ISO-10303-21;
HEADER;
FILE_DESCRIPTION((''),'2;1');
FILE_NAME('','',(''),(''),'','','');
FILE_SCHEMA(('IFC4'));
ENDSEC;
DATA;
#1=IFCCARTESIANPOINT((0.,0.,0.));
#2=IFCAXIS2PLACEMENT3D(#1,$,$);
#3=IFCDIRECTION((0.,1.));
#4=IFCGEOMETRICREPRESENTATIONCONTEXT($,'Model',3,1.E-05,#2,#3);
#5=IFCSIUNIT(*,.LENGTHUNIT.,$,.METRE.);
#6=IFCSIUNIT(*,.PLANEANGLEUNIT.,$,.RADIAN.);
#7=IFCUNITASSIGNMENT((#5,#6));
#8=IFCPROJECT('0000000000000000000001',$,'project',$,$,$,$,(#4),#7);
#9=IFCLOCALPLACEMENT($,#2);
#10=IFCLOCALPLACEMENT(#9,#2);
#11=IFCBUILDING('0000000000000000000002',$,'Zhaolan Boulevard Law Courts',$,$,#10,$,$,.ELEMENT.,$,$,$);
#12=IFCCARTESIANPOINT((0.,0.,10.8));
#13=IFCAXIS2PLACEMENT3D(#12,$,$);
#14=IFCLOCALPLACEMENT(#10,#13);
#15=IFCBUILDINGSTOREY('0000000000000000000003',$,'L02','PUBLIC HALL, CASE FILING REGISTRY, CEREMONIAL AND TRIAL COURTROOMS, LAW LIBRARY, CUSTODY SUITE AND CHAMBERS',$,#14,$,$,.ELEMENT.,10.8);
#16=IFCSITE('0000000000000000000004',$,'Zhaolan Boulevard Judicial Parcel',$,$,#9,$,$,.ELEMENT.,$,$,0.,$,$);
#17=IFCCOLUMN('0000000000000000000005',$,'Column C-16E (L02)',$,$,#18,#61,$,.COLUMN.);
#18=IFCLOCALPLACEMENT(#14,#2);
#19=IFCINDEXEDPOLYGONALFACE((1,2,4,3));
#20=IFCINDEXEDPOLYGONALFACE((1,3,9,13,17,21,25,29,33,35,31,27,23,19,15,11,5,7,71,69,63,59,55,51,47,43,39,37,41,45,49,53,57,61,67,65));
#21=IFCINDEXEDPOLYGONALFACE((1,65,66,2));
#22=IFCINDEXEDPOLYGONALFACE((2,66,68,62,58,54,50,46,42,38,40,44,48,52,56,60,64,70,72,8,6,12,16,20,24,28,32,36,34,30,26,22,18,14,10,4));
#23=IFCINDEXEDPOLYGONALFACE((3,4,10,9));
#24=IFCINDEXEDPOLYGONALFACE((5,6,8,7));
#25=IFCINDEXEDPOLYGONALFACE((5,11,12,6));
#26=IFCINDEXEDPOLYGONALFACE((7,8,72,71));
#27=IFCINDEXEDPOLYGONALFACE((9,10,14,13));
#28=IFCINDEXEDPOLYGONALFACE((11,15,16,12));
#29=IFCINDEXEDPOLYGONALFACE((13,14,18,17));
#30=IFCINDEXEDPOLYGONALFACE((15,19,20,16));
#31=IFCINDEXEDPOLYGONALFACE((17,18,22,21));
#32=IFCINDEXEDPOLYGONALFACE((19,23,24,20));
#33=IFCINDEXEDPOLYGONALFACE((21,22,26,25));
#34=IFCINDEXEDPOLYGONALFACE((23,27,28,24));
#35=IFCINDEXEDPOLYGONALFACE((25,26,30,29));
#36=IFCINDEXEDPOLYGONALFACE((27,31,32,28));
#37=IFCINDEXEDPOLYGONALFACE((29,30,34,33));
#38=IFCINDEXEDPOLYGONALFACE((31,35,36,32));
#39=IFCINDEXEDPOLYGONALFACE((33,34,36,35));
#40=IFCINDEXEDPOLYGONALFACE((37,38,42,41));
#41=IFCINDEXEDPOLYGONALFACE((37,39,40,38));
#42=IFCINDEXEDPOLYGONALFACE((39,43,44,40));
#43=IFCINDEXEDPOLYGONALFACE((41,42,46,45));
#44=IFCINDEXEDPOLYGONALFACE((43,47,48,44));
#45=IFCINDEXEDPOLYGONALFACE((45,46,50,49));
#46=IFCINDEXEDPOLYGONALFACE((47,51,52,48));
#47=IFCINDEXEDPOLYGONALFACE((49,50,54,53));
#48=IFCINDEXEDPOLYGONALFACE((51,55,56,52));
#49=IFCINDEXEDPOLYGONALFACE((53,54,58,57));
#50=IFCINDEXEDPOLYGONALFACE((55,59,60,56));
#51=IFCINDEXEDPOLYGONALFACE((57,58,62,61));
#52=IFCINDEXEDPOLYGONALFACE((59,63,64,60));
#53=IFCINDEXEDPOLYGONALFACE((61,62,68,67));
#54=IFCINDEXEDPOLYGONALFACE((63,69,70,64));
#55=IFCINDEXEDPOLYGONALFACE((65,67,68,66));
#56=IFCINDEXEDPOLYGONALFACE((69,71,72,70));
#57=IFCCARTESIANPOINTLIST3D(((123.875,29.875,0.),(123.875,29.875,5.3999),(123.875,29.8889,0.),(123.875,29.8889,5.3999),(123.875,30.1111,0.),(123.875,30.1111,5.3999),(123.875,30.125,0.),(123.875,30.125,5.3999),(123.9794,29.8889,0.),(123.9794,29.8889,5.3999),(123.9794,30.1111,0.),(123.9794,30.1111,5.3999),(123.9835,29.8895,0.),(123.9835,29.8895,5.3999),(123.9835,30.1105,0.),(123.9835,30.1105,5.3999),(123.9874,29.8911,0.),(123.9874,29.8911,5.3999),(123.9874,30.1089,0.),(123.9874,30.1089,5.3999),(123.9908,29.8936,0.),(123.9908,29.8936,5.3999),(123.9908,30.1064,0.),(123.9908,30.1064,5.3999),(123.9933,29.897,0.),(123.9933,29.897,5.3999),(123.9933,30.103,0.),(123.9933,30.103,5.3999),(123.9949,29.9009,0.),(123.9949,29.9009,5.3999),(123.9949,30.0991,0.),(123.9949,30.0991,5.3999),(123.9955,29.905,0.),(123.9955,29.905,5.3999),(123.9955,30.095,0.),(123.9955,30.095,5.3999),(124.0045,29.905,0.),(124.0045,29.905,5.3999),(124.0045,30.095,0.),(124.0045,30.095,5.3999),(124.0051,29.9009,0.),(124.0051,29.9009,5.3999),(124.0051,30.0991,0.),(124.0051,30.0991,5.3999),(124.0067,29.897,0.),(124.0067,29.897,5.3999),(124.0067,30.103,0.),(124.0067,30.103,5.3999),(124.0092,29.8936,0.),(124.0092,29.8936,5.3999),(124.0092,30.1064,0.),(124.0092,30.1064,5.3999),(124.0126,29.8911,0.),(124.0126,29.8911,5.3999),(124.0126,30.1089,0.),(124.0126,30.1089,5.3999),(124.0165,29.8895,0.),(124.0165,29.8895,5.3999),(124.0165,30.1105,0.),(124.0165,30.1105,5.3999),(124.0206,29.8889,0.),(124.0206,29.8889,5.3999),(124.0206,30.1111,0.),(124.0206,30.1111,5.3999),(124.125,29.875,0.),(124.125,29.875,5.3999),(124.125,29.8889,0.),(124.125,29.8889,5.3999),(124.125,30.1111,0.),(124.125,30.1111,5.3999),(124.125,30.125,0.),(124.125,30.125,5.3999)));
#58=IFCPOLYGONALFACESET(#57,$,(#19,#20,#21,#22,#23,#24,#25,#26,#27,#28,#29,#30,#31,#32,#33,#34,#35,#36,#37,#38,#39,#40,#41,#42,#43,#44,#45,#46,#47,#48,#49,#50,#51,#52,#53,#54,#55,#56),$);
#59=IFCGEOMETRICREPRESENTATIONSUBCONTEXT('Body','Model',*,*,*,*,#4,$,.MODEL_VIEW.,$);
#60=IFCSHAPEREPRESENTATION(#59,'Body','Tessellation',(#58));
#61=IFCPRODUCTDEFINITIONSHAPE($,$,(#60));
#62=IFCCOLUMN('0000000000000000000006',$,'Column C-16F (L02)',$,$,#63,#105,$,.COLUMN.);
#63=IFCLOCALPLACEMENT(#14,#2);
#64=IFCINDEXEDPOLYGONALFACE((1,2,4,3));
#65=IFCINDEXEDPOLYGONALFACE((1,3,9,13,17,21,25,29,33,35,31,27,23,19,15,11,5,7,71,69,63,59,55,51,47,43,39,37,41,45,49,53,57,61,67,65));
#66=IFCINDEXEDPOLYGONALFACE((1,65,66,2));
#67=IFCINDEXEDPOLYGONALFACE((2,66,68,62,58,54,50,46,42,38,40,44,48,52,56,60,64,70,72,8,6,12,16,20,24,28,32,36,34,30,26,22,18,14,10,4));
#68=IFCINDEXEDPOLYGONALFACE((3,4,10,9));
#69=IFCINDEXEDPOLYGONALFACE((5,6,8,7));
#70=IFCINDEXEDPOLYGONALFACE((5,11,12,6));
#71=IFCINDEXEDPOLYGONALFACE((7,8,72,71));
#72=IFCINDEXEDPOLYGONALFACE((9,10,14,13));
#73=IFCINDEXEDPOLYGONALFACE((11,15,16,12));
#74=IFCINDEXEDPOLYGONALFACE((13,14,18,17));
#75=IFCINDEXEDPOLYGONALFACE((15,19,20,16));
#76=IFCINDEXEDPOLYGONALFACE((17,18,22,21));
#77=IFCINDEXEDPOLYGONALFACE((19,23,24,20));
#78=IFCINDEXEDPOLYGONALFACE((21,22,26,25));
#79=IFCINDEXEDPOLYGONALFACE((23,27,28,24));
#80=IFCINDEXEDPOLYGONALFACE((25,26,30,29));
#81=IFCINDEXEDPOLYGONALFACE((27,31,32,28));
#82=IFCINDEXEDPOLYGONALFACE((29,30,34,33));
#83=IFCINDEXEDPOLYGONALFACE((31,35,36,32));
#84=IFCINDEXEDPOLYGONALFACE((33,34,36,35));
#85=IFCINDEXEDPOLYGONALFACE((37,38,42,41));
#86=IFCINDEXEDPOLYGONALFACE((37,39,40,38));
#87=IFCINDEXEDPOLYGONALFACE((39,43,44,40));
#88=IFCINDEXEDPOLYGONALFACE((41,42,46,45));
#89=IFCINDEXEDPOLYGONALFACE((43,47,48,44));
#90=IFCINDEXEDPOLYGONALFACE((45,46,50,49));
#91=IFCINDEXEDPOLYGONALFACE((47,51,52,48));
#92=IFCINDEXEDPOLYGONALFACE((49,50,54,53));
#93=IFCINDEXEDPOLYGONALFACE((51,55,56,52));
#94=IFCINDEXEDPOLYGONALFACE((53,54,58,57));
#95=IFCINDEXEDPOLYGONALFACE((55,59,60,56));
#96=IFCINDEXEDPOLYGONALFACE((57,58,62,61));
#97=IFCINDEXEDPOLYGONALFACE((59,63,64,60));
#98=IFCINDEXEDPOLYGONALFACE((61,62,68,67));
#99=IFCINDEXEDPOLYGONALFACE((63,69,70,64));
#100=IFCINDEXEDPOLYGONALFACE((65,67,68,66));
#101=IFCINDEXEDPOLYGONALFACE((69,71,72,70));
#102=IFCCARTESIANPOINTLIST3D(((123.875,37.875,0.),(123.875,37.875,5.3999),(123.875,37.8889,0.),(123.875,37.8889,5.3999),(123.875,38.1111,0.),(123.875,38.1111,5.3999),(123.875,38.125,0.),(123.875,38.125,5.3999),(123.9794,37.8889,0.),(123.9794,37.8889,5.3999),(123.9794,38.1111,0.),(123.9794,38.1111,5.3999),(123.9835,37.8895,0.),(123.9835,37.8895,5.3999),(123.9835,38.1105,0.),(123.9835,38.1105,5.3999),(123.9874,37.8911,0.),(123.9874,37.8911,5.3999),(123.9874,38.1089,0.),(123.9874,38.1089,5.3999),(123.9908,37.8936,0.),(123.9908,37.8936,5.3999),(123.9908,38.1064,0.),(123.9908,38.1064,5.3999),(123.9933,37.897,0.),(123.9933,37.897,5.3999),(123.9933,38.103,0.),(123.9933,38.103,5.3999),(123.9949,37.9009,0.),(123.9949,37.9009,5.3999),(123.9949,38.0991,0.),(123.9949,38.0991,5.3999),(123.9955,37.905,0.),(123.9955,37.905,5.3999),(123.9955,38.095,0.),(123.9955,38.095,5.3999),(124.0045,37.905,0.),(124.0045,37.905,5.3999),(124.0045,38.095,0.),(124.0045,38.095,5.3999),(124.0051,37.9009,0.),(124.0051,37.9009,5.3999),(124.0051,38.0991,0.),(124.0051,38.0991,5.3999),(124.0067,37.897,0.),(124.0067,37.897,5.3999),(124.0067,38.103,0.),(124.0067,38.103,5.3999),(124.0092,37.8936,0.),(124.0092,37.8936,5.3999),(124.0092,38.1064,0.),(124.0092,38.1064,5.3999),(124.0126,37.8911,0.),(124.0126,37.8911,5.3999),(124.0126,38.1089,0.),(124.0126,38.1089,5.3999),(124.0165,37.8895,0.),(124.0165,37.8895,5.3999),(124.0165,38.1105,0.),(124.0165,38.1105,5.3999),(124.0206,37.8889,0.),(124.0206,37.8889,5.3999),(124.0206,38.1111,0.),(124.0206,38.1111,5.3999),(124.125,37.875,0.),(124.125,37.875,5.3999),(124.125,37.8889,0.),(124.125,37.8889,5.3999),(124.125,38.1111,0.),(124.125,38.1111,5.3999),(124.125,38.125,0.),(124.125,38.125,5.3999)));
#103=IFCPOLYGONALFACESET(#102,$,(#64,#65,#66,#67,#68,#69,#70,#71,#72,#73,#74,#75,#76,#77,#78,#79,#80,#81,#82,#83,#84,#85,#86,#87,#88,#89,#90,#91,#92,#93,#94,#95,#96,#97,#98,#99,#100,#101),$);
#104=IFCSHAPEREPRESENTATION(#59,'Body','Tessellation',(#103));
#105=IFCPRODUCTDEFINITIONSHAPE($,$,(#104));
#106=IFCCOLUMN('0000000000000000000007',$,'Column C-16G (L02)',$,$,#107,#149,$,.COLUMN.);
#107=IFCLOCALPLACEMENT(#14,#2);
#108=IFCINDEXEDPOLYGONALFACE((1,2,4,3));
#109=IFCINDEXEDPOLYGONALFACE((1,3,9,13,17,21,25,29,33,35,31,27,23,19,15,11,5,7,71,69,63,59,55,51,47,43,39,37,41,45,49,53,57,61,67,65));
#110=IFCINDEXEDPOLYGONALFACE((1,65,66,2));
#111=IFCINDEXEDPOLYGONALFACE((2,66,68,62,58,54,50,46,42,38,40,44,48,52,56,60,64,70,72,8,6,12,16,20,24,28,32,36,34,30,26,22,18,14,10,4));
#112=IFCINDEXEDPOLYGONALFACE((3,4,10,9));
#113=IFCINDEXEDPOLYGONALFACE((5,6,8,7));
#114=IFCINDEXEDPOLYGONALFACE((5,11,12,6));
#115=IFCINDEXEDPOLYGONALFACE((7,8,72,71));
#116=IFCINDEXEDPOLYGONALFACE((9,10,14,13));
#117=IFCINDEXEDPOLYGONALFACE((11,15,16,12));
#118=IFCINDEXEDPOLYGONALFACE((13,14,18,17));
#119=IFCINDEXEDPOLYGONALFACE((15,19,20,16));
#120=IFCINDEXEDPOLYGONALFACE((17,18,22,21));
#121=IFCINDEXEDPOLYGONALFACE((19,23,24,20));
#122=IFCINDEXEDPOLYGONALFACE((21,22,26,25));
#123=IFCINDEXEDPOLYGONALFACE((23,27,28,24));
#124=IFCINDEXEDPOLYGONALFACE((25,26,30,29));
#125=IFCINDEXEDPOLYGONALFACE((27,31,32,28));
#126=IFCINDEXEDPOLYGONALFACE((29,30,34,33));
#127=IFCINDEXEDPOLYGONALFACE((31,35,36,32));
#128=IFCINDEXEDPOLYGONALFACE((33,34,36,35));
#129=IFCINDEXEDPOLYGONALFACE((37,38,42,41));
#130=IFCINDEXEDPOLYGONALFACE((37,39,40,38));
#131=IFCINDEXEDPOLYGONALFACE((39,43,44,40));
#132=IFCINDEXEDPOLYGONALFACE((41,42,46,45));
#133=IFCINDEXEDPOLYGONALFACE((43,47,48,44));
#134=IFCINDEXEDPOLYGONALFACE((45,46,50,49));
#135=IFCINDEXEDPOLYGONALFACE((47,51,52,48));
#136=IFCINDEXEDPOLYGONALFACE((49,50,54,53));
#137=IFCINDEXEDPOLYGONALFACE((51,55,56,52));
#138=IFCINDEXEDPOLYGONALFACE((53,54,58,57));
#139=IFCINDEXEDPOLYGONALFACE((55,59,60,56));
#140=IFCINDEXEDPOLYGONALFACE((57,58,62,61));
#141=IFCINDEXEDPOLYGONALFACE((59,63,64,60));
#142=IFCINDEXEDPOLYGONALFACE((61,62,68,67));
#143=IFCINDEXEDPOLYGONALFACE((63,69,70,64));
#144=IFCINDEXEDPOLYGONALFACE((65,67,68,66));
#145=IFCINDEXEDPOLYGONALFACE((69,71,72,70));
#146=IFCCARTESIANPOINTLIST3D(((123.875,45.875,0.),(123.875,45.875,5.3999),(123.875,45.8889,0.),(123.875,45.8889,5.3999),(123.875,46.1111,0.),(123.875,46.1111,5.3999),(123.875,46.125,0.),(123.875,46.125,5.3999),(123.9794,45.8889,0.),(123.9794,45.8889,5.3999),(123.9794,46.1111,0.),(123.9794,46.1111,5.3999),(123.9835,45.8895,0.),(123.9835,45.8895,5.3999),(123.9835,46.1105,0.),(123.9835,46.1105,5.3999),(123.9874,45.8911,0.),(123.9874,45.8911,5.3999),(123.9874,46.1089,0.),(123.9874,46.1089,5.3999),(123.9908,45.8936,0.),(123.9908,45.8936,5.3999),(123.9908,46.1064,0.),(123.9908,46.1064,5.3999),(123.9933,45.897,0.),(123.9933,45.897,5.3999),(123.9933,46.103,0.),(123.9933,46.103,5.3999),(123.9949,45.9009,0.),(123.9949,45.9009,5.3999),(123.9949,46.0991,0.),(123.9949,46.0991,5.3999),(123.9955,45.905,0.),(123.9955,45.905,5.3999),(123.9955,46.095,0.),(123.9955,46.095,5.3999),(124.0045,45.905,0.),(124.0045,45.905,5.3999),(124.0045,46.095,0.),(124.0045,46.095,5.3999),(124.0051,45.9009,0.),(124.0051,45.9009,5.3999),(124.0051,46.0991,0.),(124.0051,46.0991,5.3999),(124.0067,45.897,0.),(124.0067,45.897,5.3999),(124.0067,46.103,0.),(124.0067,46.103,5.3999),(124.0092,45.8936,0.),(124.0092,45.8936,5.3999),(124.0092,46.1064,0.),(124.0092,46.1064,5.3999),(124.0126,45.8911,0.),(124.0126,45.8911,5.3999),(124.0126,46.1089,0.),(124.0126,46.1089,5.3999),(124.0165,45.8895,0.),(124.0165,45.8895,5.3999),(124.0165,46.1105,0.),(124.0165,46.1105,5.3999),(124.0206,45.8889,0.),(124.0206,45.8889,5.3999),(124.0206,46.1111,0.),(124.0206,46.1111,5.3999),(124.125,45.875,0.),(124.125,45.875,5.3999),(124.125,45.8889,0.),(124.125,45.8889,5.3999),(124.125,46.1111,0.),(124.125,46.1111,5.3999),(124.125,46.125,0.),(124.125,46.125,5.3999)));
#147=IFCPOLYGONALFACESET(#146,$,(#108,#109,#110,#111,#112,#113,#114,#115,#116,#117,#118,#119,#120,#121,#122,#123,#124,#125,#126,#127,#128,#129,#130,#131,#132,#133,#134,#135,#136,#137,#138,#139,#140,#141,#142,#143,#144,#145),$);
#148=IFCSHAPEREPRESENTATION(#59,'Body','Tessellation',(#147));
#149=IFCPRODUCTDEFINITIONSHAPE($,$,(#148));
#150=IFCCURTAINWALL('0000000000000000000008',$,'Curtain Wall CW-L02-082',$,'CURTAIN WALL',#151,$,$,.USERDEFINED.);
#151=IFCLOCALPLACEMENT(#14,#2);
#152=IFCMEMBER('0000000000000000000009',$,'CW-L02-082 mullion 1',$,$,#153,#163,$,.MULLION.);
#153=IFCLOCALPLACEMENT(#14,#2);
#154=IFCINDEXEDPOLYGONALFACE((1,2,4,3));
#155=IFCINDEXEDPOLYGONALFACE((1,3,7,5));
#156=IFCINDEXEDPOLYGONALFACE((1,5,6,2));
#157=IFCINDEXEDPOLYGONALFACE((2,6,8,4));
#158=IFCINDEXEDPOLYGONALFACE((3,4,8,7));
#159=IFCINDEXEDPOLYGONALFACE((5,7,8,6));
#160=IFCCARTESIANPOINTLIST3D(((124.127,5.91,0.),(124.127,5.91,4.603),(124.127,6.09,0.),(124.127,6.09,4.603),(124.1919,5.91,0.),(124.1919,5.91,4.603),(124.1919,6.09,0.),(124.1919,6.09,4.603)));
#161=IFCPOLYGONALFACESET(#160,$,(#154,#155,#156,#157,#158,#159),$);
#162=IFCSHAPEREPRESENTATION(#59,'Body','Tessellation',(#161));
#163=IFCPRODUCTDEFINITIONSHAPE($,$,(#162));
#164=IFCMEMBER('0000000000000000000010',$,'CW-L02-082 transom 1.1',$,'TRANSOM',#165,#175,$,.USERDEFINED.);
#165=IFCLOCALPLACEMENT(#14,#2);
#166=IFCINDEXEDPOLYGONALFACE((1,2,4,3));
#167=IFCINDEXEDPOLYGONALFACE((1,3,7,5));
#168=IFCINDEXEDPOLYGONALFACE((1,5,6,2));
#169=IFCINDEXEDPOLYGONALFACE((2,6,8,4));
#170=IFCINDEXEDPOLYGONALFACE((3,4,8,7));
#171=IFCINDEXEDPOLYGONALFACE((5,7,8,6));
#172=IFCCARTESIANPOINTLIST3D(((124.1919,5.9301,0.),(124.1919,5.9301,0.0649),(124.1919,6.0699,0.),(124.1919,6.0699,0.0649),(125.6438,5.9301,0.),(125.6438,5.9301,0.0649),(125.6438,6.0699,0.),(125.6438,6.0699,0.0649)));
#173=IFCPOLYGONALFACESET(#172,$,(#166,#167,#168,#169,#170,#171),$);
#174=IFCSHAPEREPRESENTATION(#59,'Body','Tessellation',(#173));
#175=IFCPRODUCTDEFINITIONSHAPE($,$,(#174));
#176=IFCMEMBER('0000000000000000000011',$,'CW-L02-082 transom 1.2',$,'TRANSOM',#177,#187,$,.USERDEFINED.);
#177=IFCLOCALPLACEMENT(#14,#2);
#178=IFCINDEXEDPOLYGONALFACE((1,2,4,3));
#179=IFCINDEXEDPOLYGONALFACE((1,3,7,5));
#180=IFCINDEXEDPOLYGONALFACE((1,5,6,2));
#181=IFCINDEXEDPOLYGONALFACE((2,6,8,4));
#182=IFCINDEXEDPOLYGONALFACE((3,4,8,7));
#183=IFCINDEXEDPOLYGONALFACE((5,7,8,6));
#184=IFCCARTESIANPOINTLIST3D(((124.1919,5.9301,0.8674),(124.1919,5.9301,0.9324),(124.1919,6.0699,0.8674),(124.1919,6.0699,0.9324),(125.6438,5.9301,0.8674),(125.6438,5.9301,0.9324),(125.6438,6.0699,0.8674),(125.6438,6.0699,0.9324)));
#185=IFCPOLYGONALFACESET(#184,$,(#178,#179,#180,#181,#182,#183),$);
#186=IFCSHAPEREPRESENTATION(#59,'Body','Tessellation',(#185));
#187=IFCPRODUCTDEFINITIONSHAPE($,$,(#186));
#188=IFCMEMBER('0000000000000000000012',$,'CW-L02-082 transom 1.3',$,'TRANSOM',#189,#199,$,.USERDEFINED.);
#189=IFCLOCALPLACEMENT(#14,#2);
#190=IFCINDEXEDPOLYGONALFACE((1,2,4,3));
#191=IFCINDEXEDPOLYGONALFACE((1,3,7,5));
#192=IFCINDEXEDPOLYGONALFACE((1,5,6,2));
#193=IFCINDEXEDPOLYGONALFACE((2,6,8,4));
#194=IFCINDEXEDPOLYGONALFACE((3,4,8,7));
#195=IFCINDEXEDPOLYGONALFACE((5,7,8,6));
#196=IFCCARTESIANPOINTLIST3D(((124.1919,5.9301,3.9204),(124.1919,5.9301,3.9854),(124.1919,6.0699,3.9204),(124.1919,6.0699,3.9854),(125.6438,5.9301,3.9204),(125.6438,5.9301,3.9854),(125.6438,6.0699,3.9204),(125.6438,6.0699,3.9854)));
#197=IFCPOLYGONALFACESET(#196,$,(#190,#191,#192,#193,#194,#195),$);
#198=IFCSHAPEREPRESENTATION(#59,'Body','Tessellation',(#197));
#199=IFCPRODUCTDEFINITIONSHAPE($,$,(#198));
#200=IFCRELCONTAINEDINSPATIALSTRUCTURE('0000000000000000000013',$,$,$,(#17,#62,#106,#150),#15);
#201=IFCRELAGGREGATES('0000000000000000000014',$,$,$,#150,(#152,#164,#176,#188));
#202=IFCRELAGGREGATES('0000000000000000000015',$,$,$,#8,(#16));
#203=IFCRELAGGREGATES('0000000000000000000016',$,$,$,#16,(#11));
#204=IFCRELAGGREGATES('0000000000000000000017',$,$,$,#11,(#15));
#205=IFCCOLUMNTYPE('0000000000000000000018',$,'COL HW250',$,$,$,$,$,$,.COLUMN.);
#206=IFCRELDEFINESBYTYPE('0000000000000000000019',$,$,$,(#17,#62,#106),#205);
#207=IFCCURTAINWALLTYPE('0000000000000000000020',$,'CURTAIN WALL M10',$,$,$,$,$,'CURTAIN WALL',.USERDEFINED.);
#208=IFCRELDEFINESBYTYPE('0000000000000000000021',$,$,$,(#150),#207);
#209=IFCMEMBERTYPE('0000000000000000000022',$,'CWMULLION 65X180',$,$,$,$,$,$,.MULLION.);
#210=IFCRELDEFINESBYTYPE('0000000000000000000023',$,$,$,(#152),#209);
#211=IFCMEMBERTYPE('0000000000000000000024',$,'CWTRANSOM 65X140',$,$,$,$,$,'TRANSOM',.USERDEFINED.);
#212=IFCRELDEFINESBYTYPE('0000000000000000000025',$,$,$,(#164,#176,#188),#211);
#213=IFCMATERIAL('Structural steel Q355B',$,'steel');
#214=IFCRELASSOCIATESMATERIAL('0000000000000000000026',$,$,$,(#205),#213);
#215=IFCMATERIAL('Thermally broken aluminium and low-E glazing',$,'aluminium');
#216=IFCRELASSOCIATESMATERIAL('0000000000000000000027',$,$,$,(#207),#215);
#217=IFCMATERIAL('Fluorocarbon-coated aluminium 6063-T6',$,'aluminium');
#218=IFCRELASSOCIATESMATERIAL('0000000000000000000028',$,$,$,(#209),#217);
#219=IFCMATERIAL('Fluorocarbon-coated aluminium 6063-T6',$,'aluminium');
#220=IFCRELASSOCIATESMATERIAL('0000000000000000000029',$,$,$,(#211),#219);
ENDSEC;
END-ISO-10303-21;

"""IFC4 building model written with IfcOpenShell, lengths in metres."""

from ifc_helpers import new_model, si_unit, direction, frame, origin, origin_2d, place, context, subcontext, project, spatial, rectangle, i_section, extrude, material, material_profile, profile_set, type_object, element, aggregate, save


model = new_model("IFC4")

# Units and contexts
model_context = context("Model", 3, precision=1e-05, world=origin(), true_north=direction((0.0, 1.0)))
body_context = subcontext(model_context, "Body", "Model", "MODEL_VIEW")
ifc_project = project(units=[si_unit("LENGTHUNIT", "METRE"), si_unit("PLANEANGLEUNIT", "RADIAN")], contexts=[model_context])

# Site, building, storey
site_placement = place(None, origin())
site = spatial("IfcSite", under=ifc_project, at=site_placement, Name="Zhaolan Boulevard Judicial Parcel", CompositionType="ELEMENT", RefElevation=0.0)
building_placement = place(site_placement, origin())
building = spatial("IfcBuilding", under=site, at=building_placement, Name="Zhaolan Boulevard Law Courts", CompositionType="ELEMENT")
storey_placement = place(building_placement, frame((0.0, 0.0, 10.8)))
storey = spatial("IfcBuildingStorey", under=building, at=storey_placement, Name="L02", Description="PUBLIC HALL, CASE FILING REGISTRY, CEREMONIAL AND TRIAL COURTROOMS, LAW LIBRARY, CUSTODY SUITE AND CHAMBERS", CompositionType="ELEMENT", Elevation=10.8)

# Columns
ifc_material_1 = material(Name="Structural steel Q355B", Category="steel")
ifc_material_profile_1 = material_profile(ifc_material_1, i_section(OverallWidth=0.25, OverallDepth=0.25, WebThickness=0.009, FlangeThickness=0.0139, FilletRadius=0.0161, at=origin_2d()), Name="HW250x250")
ifc_profile_set_1 = profile_set([ifc_material_profile_1], Name="Structural steel Q355B")
column_type = type_object("IfcColumnType", Name="COL HW250", PredefinedType="COLUMN", material=ifc_profile_set_1)
for number, where, z_axis, x_axis, name in (
    (1, (124.0, 30.0, 0.0), (0.0, 0.0, 1.0), (1.0, 0.0, 0.0), "Column C-16E (L02)"),
    (2, (124.0, 38.0, 0.0), (0.0, 0.0, 1.0), (1.0, 0.0, 0.0), "Column C-16F (L02)"),
    (3, (124.0, 46.0, 0.0), (0.0, 0.0, 1.0), (1.0, 0.0, 0.0), "Column C-16G (L02)"),
):
    element("IfcColumn", number, at=place(storey_placement, frame(where, z_axis=z_axis, x_axis=x_axis)), inside=storey, type_object=column_type, Name=name, PredefinedType="COLUMN", context=body_context, shape_type="SweptSolid", body=[
        extrude(i_section(OverallWidth=0.25, OverallDepth=0.25, WebThickness=0.009, FlangeThickness=0.0139, FilletRadius=0.0161, at=origin_2d()), origin(), (0.0, 0.0, 1.0), 5.3999),
    ])

# Curtain wall, members
ifc_material_2 = material(Name="Thermally broken aluminium and low-E glazing", Category="aluminium")
curtain_wall_type = type_object("IfcCurtainWallType", Name="CURTAIN WALL M10", ElementType="CURTAIN WALL", PredefinedType="USERDEFINED", material=ifc_material_2)
curtain_wall_placement = place(storey_placement, origin())
curtain_wall = element("IfcCurtainWall", 4, at=curtain_wall_placement, inside=storey, type_object=curtain_wall_type, Name="Curtain Wall CW-L02-082", ObjectType="CURTAIN WALL", PredefinedType="USERDEFINED")
ifc_material_3 = material(Name="Fluorocarbon-coated aluminium 6063-T6", Category="aluminium")
ifc_material_profile_2 = material_profile(ifc_material_3, rectangle(XDim=0.1799, YDim=0.0649, at=origin_2d()), Name="AL65x180")
ifc_profile_set_2 = profile_set([ifc_material_profile_2], Name="Fluorocarbon-coated aluminium 6063-T6")
member_type_1 = type_object("IfcMemberType", Name="CWMULLION 65X180", PredefinedType="MULLION", material=ifc_profile_set_2)
member_1_placement = place(storey_placement, frame((124.1594, 6.0, 0.0), z_axis=(0.0, 0.0, 1.0), x_axis=(0.0, 1.0, 0.0)))
member_1 = element("IfcMember", 5, at=member_1_placement, type_object=member_type_1, Name="CW-L02-082 mullion 1", PredefinedType="MULLION", context=body_context, shape_type="SweptSolid", body=[
    extrude(rectangle(XDim=0.1799, YDim=0.0649, at=origin_2d()), origin(), (0.0, 0.0, 1.0), 4.603),
])
ifc_material_4 = material(Name="Fluorocarbon-coated aluminium 6063-T6", Category="aluminium")
ifc_material_profile_3 = material_profile(ifc_material_4, rectangle(XDim=0.1399, YDim=0.0649, at=origin_2d()), Name="AL65x140")
ifc_profile_set_3 = profile_set([ifc_material_profile_3], Name="Fluorocarbon-coated aluminium 6063-T6")
member_type_2 = type_object("IfcMemberType", Name="CWTRANSOM 65X140", ElementType="TRANSOM", PredefinedType="USERDEFINED", material=ifc_profile_set_3)
member_2_placement = place(storey_placement, frame((124.1919, 6.0, 0.0325), z_axis=(1.0, 0.0, 0.0), x_axis=(0.0, 1.0, 0.0)))
member_2 = element("IfcMember", 6, at=member_2_placement, type_object=member_type_2, Name="CW-L02-082 transom 1.1", ObjectType="TRANSOM", PredefinedType="USERDEFINED", context=body_context, shape_type="SweptSolid", body=[
    extrude(rectangle(XDim=0.1399, YDim=0.0649, at=origin_2d()), origin(), (0.0, 0.0, 1.0), 1.4519),
])
member_3_placement = place(storey_placement, frame((124.1919, 6.0, 0.8999), z_axis=(1.0, 0.0, 0.0), x_axis=(0.0, 1.0, 0.0)))
member_3 = element("IfcMember", 7, at=member_3_placement, type_object=member_type_2, Name="CW-L02-082 transom 1.2", ObjectType="TRANSOM", PredefinedType="USERDEFINED", context=body_context, shape_type="SweptSolid", body=[
    extrude(rectangle(XDim=0.1399, YDim=0.0649, at=origin_2d()), origin(), (0.0, 0.0, 1.0), 1.4519),
])
member_4_placement = place(storey_placement, frame((124.1919, 6.0, 3.9529), z_axis=(1.0, 0.0, 0.0), x_axis=(0.0, 1.0, 0.0)))
member_4 = element("IfcMember", 8, at=member_4_placement, type_object=member_type_2, Name="CW-L02-082 transom 1.3", ObjectType="TRANSOM", PredefinedType="USERDEFINED", context=body_context, shape_type="SweptSolid", body=[
    extrude(rectangle(XDim=0.1399, YDim=0.0649, at=origin_2d()), origin(), (0.0, 0.0, 1.0), 1.4519),
])

aggregate(curtain_wall, [member_1, member_2, member_3, member_4])

save(model, "model.ifc")
